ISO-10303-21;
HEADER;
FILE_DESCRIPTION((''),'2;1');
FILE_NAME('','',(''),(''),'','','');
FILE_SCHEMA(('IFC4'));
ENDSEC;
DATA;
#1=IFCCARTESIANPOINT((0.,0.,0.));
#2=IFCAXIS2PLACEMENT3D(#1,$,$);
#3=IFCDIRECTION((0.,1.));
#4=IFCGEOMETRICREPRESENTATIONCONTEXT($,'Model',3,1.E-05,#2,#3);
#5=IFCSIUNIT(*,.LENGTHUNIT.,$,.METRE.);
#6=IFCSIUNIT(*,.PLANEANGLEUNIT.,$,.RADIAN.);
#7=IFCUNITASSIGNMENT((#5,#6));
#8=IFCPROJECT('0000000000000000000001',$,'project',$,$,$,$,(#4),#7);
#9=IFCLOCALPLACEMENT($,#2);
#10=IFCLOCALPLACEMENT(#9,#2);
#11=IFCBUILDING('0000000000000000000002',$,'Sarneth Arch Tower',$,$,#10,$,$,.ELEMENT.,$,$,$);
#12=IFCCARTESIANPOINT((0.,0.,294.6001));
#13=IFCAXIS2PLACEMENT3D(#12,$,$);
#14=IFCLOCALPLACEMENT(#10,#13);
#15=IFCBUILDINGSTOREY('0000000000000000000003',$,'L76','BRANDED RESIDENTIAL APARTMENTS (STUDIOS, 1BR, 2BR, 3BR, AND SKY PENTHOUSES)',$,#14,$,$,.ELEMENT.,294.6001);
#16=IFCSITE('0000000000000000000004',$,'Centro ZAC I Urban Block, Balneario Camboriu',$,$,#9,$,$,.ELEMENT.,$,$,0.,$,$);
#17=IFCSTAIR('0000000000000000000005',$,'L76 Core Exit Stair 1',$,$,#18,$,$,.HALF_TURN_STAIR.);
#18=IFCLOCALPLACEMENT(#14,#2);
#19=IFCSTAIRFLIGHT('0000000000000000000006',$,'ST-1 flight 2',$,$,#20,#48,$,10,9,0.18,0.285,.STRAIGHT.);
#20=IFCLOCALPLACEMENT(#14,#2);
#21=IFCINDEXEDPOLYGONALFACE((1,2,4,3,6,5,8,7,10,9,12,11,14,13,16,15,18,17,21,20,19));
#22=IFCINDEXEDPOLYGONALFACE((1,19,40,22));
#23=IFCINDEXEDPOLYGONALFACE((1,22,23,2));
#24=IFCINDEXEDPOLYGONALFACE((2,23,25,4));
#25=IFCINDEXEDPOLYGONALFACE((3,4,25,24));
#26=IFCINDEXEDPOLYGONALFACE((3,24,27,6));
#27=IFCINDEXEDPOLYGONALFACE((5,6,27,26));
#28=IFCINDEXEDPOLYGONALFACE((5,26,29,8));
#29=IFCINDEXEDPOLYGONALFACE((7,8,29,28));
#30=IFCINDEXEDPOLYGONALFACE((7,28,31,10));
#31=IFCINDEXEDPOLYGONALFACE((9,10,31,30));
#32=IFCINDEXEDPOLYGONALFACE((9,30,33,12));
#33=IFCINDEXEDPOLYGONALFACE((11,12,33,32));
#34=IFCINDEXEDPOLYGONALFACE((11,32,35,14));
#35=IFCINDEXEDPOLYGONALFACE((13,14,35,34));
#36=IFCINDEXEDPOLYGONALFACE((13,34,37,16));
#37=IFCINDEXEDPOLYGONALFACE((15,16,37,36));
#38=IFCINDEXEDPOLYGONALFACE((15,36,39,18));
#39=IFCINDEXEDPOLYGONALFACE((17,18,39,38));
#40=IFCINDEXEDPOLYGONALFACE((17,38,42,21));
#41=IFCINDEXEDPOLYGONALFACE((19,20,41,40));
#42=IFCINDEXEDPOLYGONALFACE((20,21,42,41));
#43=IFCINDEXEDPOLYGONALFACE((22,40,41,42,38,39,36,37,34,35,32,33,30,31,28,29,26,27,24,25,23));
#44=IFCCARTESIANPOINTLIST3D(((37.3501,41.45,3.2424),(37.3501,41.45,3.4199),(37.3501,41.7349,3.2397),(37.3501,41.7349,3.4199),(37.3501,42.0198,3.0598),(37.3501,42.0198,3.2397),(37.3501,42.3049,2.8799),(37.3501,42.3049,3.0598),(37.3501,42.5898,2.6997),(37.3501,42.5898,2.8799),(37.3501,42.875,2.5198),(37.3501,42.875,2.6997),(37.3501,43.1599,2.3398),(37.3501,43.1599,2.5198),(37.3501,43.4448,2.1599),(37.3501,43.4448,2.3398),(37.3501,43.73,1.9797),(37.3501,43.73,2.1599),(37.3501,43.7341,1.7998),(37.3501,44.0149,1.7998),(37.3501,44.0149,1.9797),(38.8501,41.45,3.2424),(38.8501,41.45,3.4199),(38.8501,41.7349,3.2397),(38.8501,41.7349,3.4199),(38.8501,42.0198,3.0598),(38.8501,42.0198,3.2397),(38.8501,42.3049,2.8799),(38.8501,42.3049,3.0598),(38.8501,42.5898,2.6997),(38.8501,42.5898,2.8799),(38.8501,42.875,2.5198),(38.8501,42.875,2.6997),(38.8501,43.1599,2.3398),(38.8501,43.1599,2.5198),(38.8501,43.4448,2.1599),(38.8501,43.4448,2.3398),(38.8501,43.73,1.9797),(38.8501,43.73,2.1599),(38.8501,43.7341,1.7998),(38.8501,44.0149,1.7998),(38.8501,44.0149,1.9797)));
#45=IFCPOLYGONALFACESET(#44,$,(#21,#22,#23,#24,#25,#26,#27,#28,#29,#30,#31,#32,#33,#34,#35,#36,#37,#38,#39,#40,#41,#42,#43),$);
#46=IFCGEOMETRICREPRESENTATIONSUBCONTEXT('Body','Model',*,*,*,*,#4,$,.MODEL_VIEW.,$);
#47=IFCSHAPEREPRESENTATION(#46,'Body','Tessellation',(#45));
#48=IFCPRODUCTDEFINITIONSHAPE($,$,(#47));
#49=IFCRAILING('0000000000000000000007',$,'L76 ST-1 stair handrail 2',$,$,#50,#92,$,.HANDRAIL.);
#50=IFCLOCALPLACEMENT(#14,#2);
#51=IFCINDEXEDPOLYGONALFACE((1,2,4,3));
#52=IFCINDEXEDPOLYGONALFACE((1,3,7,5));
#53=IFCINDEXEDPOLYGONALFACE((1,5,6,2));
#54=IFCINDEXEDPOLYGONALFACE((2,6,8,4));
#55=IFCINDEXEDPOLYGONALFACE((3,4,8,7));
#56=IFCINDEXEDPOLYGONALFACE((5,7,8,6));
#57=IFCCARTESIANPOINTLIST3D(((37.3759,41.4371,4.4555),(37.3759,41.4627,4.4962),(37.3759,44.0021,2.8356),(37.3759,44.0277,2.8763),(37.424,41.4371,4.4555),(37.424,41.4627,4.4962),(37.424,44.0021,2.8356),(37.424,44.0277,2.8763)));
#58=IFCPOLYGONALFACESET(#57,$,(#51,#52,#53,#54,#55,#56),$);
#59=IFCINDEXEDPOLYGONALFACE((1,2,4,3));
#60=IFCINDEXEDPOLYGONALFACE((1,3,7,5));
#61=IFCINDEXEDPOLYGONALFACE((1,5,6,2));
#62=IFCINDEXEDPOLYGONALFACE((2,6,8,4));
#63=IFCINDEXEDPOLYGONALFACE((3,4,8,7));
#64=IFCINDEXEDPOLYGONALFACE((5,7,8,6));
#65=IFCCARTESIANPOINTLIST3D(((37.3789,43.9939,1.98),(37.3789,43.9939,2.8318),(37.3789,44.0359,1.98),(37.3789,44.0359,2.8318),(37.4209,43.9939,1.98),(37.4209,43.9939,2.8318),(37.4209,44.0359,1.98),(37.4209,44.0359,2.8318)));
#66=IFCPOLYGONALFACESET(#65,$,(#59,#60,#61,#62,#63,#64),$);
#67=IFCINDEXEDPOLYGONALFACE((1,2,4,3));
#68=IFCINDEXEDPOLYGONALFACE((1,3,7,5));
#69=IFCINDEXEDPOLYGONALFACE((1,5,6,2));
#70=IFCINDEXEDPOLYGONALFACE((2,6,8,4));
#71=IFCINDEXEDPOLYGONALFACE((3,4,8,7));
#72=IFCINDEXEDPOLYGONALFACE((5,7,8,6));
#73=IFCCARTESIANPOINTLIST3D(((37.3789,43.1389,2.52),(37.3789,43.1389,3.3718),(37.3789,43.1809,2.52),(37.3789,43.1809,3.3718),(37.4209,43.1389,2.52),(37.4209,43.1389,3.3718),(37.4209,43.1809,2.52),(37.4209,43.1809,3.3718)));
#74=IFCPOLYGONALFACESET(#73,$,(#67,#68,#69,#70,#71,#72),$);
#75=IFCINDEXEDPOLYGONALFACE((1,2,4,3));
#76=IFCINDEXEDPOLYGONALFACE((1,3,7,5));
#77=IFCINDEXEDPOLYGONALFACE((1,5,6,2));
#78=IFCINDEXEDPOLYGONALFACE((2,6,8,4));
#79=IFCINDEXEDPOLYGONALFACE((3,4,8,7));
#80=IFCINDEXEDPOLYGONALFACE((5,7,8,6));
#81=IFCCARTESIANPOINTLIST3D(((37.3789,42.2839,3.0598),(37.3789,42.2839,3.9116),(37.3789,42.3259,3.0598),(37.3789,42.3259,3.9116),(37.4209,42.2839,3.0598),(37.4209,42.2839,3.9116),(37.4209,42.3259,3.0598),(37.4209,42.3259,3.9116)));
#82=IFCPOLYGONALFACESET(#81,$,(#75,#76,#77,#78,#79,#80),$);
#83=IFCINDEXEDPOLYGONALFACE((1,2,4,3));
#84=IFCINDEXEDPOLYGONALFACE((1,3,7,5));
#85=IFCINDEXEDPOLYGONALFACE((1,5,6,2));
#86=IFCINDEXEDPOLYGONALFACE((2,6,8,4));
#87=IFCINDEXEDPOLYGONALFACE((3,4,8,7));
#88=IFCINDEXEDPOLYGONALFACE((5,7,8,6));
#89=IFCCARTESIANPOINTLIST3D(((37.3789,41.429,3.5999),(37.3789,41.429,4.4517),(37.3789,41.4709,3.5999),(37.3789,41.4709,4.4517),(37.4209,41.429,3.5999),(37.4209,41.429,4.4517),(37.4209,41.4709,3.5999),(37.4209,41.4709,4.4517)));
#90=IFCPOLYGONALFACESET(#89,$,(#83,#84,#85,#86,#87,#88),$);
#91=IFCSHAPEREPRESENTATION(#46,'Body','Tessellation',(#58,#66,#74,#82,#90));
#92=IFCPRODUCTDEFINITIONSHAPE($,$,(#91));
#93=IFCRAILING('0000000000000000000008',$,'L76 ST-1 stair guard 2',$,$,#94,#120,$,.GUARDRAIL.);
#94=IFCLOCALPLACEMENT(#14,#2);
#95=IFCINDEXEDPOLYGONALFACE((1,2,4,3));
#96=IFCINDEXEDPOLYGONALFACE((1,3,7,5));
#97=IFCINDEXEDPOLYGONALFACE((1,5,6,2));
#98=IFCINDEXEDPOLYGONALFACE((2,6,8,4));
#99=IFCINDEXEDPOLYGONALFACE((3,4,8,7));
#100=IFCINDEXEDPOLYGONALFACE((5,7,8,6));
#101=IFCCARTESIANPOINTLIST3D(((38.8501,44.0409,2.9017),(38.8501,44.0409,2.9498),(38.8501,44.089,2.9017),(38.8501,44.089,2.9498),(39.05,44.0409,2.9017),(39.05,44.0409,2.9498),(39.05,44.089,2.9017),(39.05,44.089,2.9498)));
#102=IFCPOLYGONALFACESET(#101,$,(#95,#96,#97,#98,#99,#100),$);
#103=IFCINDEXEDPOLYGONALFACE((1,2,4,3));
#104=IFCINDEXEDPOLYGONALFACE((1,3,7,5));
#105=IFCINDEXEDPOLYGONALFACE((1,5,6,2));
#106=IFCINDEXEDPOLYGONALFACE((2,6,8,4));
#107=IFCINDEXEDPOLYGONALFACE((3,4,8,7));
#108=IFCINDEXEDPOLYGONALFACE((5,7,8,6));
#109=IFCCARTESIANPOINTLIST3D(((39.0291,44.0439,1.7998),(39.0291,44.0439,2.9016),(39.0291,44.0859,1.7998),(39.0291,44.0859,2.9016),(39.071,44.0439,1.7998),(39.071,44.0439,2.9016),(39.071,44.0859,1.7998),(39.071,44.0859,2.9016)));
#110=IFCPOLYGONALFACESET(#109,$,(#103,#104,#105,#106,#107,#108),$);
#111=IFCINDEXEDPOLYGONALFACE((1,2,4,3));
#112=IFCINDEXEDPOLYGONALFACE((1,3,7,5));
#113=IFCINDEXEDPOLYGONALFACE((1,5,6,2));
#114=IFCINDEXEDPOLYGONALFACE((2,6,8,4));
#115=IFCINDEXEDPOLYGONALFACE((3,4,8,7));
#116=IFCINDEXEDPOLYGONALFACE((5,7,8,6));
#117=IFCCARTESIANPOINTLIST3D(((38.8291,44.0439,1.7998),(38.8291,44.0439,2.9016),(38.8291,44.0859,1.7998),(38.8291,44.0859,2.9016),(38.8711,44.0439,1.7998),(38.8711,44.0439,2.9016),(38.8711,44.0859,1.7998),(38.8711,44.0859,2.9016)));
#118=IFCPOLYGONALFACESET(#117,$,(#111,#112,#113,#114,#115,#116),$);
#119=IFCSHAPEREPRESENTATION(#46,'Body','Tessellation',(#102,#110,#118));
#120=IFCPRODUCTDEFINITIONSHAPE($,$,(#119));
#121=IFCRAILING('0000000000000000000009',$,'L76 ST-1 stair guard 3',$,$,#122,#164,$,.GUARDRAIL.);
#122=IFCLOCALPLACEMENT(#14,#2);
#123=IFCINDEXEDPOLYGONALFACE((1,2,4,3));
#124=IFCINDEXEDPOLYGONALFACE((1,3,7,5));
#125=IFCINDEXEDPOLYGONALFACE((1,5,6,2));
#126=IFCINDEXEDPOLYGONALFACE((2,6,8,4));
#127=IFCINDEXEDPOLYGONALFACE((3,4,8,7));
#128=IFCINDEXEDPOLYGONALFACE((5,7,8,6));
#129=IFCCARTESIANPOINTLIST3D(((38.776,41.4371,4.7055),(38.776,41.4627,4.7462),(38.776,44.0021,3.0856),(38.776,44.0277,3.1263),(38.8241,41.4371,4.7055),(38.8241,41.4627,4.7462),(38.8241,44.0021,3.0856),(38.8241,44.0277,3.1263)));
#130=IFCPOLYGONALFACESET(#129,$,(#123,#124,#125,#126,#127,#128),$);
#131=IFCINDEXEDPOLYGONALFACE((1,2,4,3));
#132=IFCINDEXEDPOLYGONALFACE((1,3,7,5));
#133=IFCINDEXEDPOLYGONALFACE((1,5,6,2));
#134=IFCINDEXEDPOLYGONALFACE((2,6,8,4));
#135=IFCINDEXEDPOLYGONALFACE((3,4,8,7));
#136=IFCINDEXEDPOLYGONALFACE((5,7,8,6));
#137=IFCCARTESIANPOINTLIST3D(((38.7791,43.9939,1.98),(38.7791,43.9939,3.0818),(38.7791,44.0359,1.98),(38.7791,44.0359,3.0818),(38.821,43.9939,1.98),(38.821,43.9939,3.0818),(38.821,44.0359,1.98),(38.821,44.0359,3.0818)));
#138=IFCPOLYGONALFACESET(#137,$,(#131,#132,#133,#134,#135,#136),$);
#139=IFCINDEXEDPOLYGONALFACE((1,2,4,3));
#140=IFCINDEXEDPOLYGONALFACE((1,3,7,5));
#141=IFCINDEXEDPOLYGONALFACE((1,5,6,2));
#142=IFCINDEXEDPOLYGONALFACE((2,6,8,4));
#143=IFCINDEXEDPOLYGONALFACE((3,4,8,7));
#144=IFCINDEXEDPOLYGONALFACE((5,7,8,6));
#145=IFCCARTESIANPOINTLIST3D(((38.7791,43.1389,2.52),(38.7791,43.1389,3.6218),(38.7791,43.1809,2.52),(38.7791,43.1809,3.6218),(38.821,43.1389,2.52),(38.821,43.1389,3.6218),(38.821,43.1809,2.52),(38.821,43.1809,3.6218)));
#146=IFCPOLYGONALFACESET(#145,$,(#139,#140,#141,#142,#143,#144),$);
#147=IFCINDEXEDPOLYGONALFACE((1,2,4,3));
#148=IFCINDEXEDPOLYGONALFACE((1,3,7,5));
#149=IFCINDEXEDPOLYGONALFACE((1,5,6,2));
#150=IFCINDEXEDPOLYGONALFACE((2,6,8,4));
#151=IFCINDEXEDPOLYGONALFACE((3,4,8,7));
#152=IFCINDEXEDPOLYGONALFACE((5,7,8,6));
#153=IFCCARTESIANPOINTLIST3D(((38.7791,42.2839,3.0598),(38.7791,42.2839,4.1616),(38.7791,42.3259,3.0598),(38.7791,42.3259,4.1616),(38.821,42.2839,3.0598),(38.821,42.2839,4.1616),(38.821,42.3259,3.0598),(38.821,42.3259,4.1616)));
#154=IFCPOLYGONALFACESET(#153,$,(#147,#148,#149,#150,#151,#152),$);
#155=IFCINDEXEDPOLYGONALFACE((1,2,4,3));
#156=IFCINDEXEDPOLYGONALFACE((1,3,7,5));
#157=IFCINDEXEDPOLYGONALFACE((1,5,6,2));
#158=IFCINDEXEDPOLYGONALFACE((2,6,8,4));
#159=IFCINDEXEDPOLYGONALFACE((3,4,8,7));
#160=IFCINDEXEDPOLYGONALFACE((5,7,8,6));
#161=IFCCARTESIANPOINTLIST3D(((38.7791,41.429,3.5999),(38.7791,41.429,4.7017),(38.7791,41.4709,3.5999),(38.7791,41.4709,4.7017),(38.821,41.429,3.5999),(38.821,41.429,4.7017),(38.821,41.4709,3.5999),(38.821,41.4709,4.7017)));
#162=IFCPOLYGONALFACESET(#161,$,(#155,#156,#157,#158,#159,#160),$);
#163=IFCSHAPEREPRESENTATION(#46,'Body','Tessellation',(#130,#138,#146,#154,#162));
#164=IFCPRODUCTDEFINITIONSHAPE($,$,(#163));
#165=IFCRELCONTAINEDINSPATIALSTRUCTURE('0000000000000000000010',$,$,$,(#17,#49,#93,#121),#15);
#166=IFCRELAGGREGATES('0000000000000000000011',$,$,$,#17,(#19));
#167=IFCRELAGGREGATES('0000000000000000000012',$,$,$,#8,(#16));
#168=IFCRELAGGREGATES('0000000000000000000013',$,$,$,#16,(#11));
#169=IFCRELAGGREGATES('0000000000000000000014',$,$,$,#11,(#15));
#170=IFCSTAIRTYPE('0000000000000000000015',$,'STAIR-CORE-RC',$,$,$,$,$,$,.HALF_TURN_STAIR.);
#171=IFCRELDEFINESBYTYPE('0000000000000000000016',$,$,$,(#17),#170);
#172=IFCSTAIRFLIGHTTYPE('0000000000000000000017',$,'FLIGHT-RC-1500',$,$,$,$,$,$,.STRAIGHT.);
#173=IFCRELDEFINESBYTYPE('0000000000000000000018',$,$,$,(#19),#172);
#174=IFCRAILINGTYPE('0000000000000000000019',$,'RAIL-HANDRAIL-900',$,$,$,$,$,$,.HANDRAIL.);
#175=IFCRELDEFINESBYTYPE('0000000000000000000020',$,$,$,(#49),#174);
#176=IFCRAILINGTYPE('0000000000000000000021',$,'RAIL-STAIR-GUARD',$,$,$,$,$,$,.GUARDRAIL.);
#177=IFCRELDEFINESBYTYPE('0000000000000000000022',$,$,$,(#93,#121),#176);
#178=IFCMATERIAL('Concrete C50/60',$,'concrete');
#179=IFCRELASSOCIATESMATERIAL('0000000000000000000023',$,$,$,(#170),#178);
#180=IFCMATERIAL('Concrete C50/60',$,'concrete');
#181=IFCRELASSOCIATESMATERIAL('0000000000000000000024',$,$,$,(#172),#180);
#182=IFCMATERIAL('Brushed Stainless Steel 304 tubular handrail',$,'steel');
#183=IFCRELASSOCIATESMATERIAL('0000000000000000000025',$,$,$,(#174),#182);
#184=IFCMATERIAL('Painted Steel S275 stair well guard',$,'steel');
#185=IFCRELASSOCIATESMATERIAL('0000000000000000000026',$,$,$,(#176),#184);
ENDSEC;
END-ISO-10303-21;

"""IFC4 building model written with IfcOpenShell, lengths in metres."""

from ifc_helpers import new_model, si_unit, direction, frame, origin, origin_2d, place, context, subcontext, project, spatial, polyline, rectangle, outline, extrude, material, type_object, element, aggregate, save


model = new_model("IFC4")

# Units and contexts
model_context = context("Model", 3, precision=1e-05, world=origin(), true_north=direction((0.0, 1.0)))
body_context = subcontext(model_context, "Body", "Model", "MODEL_VIEW")
ifc_project = project(units=[si_unit("LENGTHUNIT", "METRE"), si_unit("PLANEANGLEUNIT", "RADIAN")], contexts=[model_context])

# Site, building, storey
site_placement = place(None, origin())
site = spatial("IfcSite", under=ifc_project, at=site_placement, Name="Centro ZAC I Urban Block, Balneario Camboriu", CompositionType="ELEMENT", RefElevation=0.0)
building_placement = place(site_placement, origin())
building = spatial("IfcBuilding", under=site, at=building_placement, Name="Sarneth Arch Tower", CompositionType="ELEMENT")
storey_placement = place(building_placement, frame((0.0, 0.0, 294.6001)))
storey = spatial("IfcBuildingStorey", under=building, at=storey_placement, Name="L76", Description="BRANDED RESIDENTIAL APARTMENTS (STUDIOS, 1BR, 2BR, 3BR, AND SKY PENTHOUSES)", CompositionType="ELEMENT", Elevation=294.6001)

# Stair, stair flight
ifc_material_1 = material(Name="Concrete C50/60", Category="concrete")
stair_type = type_object("IfcStairType", Name="STAIR-CORE-RC", PredefinedType="HALF_TURN_STAIR", material=ifc_material_1)
stair_placement = place(storey_placement, origin())
stair = element("IfcStair", 1, at=stair_placement, inside=storey, type_object=stair_type, Name="L76 Core Exit Stair 1", PredefinedType="HALF_TURN_STAIR")
ifc_material_2 = material(Name="Concrete C50/60", Category="concrete")
stair_flight_type = type_object("IfcStairFlightType", Name="FLIGHT-RC-1500", PredefinedType="STRAIGHT", material=ifc_material_2)
stair_flight_placement = place(storey_placement, frame((38.1001, 44.0149, 1.7998), z_axis=(0.0, 0.0, 1.0), x_axis=(0.0, -1.0, 0.0)))
stair_flight = element("IfcStairFlight", 2, at=stair_flight_placement, type_object=stair_flight_type, Name="ST-1 flight 2", NumberOfRisers=10, NumberOfTreads=9, PredefinedType="STRAIGHT", RiserHeight=0.18, TreadLength=0.285, context=body_context, shape_type="SweptSolid", body=[
    extrude(outline(polyline([(0.0, 0.0), (0.0, 0.1799), (0.2849, 0.1799), (0.2849, 0.3601), (0.5701, 0.3601), (0.5701, 0.54), (0.855, 0.54), (0.855, 0.72), (1.1399, 0.72), (1.1399, 0.8999), (1.425, 0.8999), (1.425, 1.0801), (1.71, 1.0801), (1.71, 1.26), (1.9951, 1.26), (1.9951, 1.4399), (2.28, 1.4399), (2.28, 1.6201), (2.5649, 1.6201), (2.5649, 1.8), (2.5649, 1.4426), (0.2808, 0.0), (0.0, 0.0)])), frame((0.0, 0.75, 0.0), z_axis=(0.0, -1.0, 0.0), x_axis=(1.0, 0.0, 0.0)), (0.0, 0.0, 1.0), 1.5),
])
aggregate(stair, [stair_flight])

# Railings
ifc_material_3 = material(Name="Brushed Stainless Steel 304 tubular handrail", Category="steel")
railing_type_1 = type_object("IfcRailingType", Name="RAIL-HANDRAIL-900", PredefinedType="HANDRAIL", material=ifc_material_3)
railing_1_placement = place(storey_placement, frame((37.3999, 44.0149, 1.98)))
element("IfcRailing", 3, at=railing_1_placement, inside=storey, type_object=railing_type_1, Name="L76 ST-1 stair handrail 2", PredefinedType="HANDRAIL", context=body_context, shape_type="SweptSolid", body=[
    extrude(rectangle(XDim=0.0481, YDim=0.0481, at=origin_2d()), frame((0.0, 0.0, 0.876), z_axis=(0.0, -0.845502, 0.533972), x_axis=(1.0, 0.0, 0.0)), (0.0, 0.0, 1.0), 3.0337),
    extrude(rectangle(XDim=0.042, YDim=0.042, at=origin_2d()), origin(), (0.0, 0.0, 1.0), 0.8518),
    extrude(rectangle(XDim=0.042, YDim=0.042, at=origin_2d()), frame((0.0, -0.855, 0.54)), (0.0, 0.0, 1.0), 0.8518),
    extrude(rectangle(XDim=0.042, YDim=0.042, at=origin_2d()), frame((0.0, -1.71, 1.0798)), (0.0, 0.0, 1.0), 0.8518),
    extrude(rectangle(XDim=0.042, YDim=0.042, at=origin_2d()), frame((0.0, -2.5649, 1.6199)), (0.0, 0.0, 1.0), 0.8518),
])
ifc_material_4 = material(Name="Painted Steel S275 stair well guard", Category="steel")
railing_type_2 = type_object("IfcRailingType", Name="RAIL-STAIR-GUARD", PredefinedType="GUARDRAIL", material=ifc_material_4)
railing_2_placement = place(storey_placement, frame((39.05, 44.0649, 1.7998)))
element("IfcRailing", 4, at=railing_2_placement, inside=storey, type_object=railing_type_2, Name="L76 ST-1 stair guard 2", PredefinedType="GUARDRAIL", context=body_context, shape_type="SweptSolid", body=[
    extrude(rectangle(XDim=0.0481, YDim=0.0481, at=origin_2d()), frame((0.0, 0.0, 1.126), z_axis=(-1.0, 0.0, 0.0), x_axis=(0.0, -1.0, 0.0)), (0.0, 0.0, 1.0), 0.2),
    extrude(rectangle(XDim=0.042, YDim=0.042, at=origin_2d()), origin(), (0.0, 0.0, 1.0), 1.1018),
    extrude(rectangle(XDim=0.042, YDim=0.042, at=origin_2d()), frame((-0.2, 0.0, 0.0)), (0.0, 0.0, 1.0), 1.1018),
])
railing_3_placement = place(storey_placement, frame((38.8, 44.0149, 1.98)))
element("IfcRailing", 5, at=railing_3_placement, inside=storey, type_object=railing_type_2, Name="L76 ST-1 stair guard 3", PredefinedType="GUARDRAIL", context=body_context, shape_type="SweptSolid", body=[
    extrude(rectangle(XDim=0.0481, YDim=0.0481, at=origin_2d()), frame((0.0, 0.0, 1.126), z_axis=(0.0, -0.845502, 0.533972), x_axis=(1.0, 0.0, 0.0)), (0.0, 0.0, 1.0), 3.0337),
    extrude(rectangle(XDim=0.042, YDim=0.042, at=origin_2d()), origin(), (0.0, 0.0, 1.0), 1.1018),
    extrude(rectangle(XDim=0.042, YDim=0.042, at=origin_2d()), frame((0.0, -0.855, 0.54)), (0.0, 0.0, 1.0), 1.1018),
    extrude(rectangle(XDim=0.042, YDim=0.042, at=origin_2d()), frame((0.0, -1.71, 1.0798)), (0.0, 0.0, 1.0), 1.1018),
    extrude(rectangle(XDim=0.042, YDim=0.042, at=origin_2d()), frame((0.0, -2.5649, 1.6199)), (0.0, 0.0, 1.0), 1.1018),
])

save(model, "model.ifc")
